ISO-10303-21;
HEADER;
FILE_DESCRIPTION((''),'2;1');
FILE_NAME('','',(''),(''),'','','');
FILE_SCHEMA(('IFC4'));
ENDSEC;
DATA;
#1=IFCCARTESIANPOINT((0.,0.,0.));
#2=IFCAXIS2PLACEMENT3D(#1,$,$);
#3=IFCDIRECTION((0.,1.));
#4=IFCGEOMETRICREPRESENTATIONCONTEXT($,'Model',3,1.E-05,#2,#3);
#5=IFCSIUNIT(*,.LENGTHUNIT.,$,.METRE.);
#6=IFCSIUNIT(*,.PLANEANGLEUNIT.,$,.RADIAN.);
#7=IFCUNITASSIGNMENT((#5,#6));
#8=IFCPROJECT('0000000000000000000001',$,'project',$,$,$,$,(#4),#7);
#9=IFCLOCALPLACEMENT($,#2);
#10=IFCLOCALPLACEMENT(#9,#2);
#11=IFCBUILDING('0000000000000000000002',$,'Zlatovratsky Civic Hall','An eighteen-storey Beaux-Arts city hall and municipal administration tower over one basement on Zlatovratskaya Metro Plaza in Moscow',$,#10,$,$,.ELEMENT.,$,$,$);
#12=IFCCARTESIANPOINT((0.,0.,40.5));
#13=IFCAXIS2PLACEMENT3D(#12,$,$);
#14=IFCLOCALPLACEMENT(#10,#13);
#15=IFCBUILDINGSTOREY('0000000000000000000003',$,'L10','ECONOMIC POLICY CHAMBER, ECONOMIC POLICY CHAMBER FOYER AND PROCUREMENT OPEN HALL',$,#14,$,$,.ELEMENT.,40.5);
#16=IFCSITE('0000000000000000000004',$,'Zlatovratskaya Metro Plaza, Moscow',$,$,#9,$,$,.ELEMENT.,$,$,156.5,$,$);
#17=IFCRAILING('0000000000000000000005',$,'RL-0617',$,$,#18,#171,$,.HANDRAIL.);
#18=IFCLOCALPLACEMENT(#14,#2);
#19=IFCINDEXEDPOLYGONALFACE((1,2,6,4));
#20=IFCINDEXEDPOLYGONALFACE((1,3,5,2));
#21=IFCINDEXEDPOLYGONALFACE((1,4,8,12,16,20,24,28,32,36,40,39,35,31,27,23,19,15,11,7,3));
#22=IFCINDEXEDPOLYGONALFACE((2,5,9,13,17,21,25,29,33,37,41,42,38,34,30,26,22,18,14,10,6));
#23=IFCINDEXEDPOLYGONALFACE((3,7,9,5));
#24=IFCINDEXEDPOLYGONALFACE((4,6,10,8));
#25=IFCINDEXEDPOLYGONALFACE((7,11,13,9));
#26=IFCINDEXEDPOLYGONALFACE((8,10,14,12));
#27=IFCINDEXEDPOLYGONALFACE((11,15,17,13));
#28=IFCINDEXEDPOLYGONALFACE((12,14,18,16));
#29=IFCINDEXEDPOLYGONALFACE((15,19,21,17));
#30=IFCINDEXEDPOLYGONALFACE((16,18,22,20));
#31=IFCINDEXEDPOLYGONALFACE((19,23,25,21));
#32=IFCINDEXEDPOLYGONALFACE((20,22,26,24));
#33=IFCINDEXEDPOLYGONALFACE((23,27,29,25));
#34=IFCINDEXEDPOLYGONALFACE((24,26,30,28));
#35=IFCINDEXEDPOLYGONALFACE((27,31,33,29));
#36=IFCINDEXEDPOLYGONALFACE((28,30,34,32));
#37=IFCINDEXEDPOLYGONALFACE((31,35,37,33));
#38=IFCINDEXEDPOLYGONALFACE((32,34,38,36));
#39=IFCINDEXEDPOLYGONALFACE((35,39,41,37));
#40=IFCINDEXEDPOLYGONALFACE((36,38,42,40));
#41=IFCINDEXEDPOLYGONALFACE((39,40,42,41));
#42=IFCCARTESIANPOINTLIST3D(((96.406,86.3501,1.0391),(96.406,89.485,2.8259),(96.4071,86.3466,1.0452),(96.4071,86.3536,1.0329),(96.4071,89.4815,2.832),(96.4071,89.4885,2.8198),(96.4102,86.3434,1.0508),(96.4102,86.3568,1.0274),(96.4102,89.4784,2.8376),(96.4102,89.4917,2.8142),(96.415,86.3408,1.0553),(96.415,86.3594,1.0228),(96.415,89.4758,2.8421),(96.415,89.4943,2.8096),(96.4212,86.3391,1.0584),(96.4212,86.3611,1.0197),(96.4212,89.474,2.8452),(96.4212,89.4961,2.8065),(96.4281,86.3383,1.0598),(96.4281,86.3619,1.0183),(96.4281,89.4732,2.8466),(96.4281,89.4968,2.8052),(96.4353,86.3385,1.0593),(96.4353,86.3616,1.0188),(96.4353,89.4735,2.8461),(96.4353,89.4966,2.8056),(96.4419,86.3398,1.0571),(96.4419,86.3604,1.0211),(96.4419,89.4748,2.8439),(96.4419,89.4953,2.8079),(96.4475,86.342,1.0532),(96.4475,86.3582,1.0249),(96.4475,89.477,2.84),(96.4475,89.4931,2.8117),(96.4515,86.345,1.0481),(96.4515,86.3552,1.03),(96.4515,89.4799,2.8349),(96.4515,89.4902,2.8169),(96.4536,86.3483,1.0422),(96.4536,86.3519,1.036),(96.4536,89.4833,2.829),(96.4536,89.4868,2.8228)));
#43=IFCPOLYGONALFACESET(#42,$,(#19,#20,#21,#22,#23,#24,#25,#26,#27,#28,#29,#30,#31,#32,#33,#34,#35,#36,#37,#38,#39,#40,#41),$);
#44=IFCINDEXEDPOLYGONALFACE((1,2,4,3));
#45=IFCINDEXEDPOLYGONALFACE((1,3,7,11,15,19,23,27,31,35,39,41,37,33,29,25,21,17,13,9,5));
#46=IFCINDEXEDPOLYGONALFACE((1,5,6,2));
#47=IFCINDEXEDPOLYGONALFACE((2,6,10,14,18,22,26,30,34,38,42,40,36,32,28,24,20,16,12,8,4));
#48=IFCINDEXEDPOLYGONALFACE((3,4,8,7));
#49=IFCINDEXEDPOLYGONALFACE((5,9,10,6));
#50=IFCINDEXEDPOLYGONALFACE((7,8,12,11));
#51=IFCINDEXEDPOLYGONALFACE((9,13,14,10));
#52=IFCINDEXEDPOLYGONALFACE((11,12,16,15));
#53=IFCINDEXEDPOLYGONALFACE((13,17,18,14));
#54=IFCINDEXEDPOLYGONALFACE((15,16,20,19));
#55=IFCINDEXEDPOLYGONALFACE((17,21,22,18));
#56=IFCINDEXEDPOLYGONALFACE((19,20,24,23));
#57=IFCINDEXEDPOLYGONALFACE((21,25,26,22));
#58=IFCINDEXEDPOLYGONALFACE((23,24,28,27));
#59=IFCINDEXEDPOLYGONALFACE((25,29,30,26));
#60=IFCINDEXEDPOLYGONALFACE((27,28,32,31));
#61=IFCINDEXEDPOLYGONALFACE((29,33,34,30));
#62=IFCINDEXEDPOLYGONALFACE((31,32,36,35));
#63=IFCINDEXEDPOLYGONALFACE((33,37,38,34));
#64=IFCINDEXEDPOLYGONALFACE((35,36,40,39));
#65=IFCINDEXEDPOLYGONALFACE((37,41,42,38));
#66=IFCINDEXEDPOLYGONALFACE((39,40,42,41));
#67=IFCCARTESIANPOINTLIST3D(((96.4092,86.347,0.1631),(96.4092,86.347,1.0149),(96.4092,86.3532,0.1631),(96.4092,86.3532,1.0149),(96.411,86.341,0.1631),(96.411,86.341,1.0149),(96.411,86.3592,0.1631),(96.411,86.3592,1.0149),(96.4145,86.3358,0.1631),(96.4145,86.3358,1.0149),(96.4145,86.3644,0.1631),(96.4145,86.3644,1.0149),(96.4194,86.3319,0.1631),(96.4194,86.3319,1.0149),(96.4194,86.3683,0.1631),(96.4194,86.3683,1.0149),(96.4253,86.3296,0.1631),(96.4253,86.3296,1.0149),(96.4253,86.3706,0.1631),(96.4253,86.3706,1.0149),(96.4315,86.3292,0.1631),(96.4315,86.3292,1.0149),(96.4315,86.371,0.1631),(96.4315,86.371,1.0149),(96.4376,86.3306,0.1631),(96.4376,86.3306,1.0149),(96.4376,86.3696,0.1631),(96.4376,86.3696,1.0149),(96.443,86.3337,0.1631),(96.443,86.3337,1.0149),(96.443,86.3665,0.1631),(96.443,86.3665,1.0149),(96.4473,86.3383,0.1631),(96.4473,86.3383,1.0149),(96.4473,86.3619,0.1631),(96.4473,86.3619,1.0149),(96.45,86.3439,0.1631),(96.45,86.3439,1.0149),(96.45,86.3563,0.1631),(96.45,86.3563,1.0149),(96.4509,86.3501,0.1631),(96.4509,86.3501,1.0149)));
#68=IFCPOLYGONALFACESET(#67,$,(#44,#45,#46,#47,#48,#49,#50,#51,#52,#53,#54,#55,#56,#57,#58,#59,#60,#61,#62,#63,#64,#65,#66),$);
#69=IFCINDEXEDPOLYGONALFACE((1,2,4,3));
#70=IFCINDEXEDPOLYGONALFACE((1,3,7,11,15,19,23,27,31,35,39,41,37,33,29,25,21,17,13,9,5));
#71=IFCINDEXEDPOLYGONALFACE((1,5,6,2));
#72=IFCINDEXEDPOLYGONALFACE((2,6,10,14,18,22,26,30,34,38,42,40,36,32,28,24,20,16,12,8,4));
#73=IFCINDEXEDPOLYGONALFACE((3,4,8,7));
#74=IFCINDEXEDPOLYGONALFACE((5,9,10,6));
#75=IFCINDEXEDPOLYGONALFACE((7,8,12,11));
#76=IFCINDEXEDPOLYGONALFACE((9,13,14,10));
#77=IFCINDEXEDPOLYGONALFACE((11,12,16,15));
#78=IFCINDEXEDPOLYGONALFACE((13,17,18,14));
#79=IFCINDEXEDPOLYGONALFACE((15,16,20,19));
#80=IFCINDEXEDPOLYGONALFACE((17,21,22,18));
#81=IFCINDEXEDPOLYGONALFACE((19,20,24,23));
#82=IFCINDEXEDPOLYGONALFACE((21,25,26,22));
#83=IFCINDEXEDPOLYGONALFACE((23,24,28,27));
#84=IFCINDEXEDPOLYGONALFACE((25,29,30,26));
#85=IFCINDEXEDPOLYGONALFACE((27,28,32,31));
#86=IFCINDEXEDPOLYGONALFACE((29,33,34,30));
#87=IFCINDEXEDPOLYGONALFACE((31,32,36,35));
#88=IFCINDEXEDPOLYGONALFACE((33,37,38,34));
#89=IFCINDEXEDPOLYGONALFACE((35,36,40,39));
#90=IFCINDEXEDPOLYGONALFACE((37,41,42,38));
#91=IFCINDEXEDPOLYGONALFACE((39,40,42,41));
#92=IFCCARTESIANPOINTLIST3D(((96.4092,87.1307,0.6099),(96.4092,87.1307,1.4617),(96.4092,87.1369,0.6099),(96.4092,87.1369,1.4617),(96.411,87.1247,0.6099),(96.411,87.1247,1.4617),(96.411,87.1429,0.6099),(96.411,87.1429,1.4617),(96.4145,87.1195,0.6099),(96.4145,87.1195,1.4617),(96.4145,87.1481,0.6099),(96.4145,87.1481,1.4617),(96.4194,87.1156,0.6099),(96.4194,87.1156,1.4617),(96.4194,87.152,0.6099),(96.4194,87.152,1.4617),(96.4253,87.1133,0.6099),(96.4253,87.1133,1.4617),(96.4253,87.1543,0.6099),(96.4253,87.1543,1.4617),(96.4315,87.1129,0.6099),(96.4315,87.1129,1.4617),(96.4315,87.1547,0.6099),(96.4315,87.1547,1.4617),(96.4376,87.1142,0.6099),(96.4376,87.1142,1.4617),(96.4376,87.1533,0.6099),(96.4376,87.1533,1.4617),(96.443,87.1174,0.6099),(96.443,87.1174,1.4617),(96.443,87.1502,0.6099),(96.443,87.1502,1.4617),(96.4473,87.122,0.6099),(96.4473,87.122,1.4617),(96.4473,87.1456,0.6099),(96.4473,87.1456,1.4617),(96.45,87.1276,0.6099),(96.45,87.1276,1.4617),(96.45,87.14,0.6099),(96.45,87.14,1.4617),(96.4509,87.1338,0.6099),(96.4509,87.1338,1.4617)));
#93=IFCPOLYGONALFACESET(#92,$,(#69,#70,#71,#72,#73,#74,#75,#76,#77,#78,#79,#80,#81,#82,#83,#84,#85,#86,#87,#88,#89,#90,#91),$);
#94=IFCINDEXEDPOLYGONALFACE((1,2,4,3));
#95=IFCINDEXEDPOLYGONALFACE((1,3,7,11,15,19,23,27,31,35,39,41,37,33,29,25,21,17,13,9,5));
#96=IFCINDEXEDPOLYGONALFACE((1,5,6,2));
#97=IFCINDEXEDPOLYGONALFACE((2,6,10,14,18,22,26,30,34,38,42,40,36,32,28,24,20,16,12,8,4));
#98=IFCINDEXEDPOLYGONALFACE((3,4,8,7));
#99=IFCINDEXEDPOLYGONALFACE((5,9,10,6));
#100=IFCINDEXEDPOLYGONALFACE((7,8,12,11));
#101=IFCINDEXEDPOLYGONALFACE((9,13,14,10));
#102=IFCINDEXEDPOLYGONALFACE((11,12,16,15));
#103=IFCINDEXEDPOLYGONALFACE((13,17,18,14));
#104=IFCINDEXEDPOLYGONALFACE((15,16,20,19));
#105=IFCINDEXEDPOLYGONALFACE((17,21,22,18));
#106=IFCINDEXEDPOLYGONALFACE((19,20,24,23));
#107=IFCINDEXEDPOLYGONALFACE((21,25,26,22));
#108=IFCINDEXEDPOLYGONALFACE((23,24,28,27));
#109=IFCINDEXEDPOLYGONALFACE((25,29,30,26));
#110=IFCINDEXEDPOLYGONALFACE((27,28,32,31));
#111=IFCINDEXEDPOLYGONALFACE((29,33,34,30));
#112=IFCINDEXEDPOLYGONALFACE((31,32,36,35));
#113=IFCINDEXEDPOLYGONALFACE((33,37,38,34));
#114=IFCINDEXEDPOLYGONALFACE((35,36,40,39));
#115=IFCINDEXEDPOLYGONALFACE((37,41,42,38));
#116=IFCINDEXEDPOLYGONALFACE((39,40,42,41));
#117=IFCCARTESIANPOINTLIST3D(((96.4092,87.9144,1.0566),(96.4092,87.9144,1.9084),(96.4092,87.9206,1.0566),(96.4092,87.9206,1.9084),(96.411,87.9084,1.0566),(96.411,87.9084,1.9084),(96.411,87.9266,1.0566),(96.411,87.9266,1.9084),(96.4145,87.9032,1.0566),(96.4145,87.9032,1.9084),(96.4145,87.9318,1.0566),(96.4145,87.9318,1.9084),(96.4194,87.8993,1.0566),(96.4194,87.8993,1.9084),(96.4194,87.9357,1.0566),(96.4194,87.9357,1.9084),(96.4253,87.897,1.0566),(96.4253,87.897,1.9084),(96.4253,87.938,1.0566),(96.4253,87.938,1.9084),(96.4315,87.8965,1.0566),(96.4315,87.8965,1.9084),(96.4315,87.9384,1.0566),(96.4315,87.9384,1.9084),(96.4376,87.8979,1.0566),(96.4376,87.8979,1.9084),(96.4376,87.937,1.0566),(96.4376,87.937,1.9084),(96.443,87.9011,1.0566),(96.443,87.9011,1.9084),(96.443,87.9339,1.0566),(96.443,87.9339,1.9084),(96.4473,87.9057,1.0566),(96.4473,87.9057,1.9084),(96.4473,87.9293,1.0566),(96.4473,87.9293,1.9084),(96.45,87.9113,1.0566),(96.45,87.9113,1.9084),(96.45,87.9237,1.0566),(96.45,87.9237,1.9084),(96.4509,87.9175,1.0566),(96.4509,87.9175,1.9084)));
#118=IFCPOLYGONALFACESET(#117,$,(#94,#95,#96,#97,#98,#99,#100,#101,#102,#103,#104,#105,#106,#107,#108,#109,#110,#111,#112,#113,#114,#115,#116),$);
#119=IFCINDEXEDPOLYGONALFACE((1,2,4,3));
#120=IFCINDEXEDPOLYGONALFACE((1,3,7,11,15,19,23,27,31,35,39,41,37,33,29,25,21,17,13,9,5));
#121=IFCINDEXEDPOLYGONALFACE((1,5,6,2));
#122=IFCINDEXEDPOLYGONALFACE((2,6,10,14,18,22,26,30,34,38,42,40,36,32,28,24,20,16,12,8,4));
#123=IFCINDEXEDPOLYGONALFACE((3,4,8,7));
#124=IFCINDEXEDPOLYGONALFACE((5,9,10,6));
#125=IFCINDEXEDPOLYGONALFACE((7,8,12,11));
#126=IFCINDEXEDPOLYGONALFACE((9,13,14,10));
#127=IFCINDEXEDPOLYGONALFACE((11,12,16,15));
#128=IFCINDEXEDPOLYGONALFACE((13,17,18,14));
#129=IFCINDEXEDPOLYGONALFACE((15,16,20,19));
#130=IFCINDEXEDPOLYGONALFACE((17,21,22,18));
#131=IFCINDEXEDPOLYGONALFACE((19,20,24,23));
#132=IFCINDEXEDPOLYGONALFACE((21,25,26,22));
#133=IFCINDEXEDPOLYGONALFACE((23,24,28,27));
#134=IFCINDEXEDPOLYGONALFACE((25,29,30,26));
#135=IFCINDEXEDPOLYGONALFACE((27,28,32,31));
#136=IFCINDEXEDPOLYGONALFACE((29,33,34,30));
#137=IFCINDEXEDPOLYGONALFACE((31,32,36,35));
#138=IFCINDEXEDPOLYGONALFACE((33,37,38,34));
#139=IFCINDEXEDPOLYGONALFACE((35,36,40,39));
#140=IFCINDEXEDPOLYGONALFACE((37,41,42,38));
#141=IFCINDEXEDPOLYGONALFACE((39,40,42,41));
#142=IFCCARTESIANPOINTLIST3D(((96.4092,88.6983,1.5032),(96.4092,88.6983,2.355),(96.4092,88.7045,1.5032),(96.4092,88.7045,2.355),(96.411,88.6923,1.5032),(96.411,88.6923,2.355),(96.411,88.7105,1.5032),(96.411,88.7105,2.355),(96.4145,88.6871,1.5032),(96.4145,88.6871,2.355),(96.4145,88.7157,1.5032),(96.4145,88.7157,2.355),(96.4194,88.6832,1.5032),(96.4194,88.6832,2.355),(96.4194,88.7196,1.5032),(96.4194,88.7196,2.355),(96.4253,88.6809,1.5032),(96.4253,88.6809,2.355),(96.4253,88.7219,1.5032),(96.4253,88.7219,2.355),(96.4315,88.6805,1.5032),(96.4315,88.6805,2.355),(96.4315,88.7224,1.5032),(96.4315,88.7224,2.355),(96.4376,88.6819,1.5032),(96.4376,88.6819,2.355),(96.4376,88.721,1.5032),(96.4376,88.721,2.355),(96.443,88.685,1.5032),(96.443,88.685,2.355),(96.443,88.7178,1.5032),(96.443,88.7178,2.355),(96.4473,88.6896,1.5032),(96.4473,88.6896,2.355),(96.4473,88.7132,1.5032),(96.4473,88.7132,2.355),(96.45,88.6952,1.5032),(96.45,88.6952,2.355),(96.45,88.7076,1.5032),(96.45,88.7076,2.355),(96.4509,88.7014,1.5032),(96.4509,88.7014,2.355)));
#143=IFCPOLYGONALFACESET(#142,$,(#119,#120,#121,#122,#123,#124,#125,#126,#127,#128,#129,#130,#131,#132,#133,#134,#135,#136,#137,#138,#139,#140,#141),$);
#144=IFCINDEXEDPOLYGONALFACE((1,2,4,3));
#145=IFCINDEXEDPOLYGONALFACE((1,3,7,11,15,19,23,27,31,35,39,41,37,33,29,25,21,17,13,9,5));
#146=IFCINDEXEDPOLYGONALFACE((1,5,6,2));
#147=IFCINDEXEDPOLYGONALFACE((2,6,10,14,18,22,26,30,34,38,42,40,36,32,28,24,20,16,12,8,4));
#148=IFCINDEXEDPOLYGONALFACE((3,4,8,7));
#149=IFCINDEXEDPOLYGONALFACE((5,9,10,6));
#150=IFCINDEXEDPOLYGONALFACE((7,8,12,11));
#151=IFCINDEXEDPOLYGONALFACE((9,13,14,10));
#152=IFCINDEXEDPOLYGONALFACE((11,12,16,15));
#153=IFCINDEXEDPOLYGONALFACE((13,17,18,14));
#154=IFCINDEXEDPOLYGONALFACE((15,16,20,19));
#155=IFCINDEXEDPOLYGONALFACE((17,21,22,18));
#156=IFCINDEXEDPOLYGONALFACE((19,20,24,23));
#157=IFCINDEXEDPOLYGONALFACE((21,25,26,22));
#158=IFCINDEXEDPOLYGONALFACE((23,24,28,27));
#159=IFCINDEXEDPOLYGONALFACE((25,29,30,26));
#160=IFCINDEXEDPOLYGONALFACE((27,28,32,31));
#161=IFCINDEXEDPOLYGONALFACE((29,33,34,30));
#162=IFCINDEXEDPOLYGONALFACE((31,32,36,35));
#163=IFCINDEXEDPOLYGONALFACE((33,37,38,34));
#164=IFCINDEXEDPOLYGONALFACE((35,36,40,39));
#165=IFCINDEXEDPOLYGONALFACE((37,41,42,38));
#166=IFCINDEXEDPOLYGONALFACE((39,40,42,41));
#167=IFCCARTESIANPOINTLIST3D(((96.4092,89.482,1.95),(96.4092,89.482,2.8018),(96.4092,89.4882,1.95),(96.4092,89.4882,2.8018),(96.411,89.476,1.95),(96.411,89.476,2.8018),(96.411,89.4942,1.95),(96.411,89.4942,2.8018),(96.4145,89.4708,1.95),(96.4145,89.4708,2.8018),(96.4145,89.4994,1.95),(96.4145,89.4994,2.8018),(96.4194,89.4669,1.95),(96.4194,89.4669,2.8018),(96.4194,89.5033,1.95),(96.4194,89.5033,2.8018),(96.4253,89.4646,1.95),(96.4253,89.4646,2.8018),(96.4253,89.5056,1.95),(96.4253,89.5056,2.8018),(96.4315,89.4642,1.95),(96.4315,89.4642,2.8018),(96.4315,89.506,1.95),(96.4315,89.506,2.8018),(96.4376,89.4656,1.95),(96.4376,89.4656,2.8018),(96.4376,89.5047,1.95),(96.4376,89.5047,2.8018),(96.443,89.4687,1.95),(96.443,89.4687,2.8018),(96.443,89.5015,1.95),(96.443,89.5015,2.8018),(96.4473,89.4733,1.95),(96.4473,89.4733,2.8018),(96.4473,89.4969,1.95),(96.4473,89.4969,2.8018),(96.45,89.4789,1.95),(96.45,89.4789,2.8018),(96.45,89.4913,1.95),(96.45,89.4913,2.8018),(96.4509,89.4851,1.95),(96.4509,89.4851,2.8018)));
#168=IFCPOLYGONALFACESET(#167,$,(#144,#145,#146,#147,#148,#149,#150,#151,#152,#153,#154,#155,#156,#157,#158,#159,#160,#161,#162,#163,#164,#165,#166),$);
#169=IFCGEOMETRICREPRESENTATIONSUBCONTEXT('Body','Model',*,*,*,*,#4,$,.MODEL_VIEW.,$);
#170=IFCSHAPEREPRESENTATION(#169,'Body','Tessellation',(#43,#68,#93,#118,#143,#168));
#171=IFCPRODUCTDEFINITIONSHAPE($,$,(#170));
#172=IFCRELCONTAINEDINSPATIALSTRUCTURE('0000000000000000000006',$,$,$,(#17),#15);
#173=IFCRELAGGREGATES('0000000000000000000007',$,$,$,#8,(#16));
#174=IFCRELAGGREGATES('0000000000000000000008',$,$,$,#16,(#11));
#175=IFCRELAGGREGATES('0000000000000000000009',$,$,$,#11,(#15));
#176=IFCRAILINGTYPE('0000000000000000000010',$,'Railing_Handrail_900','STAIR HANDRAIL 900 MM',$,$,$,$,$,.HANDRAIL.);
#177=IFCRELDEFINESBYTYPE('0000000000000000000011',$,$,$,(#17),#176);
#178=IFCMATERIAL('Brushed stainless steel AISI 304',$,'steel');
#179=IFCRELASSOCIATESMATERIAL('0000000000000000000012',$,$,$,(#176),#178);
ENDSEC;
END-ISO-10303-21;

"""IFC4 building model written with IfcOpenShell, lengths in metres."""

from ifc_helpers import new_model, si_unit, direction, frame, origin, origin_2d, place, context, subcontext, project, spatial, circle, extrude, material, type_object, element, save


model = new_model("IFC4")

# Units and contexts
model_context = context("Model", 3, precision=1e-05, world=origin(), true_north=direction((0.0, 1.0)))
body_context = subcontext(model_context, "Body", "Model", "MODEL_VIEW")
ifc_project = project(units=[si_unit("LENGTHUNIT", "METRE"), si_unit("PLANEANGLEUNIT", "RADIAN")], contexts=[model_context])

# Site, building, storey
site_placement = place(None, origin())
site = spatial("IfcSite", under=ifc_project, at=site_placement, Name="Zlatovratskaya Metro Plaza, Moscow", CompositionType="ELEMENT", RefElevation=156.5)
building_placement = place(site_placement, origin())
building = spatial("IfcBuilding", under=site, at=building_placement, Name="Zlatovratsky Civic Hall", Description="An eighteen-storey Beaux-Arts city hall and municipal administration tower over one basement on Zlatovratskaya Metro Plaza in Moscow", CompositionType="ELEMENT")
storey_placement = place(building_placement, frame((0.0, 0.0, 40.5)))
storey = spatial("IfcBuildingStorey", under=building, at=storey_placement, Name="L10", Description="ECONOMIC POLICY CHAMBER, ECONOMIC POLICY CHAMBER FOYER AND PROCUREMENT OPEN HALL", CompositionType="ELEMENT", Elevation=40.5)

# Railing
ifc_material_1 = material(Name="Brushed stainless steel AISI 304", Category="steel")
railing_type_1 = type_object("IfcRailingType", Name="Railing_Handrail_900", Description="STAIR HANDRAIL 900 MM", PredefinedType="HANDRAIL", material=ifc_material_1)
railing_1_placement = place(storey_placement, frame((96.4299, 86.3501, 0.1631)))
element("IfcRailing", 1, at=railing_1_placement, inside=storey, type_object=railing_type_1, Name="RL-0617", PredefinedType="HANDRAIL", context=body_context, shape_type="SweptSolid", body=[
    extrude(circle(Radius=0.0239, at=origin_2d()), frame((0.0, 0.0, 0.876), z_axis=(0.0, 0.868788, 0.495184), x_axis=(-1.0, 0.0, 0.0)), (0.0, 0.0, 1.0), 3.6084),
    extrude(circle(Radius=0.021, at=origin_2d()), origin(), (0.0, 0.0, 1.0), 0.8518),
    extrude(circle(Radius=0.021, at=origin_2d()), frame((0.0, 0.7837, 0.4468)), (0.0, 0.0, 1.0), 0.8518),
    extrude(circle(Radius=0.021, at=origin_2d()), frame((0.0, 1.5674, 0.8936)), (0.0, 0.0, 1.0), 0.8518),
    extrude(circle(Radius=0.021, at=origin_2d()), frame((0.0, 2.3513, 1.3401)), (0.0, 0.0, 1.0), 0.8518),
    extrude(circle(Radius=0.021, at=origin_2d()), frame((0.0, 3.135, 1.7869)), (0.0, 0.0, 1.0), 0.8518),
])

save(model, "model.ifc")
